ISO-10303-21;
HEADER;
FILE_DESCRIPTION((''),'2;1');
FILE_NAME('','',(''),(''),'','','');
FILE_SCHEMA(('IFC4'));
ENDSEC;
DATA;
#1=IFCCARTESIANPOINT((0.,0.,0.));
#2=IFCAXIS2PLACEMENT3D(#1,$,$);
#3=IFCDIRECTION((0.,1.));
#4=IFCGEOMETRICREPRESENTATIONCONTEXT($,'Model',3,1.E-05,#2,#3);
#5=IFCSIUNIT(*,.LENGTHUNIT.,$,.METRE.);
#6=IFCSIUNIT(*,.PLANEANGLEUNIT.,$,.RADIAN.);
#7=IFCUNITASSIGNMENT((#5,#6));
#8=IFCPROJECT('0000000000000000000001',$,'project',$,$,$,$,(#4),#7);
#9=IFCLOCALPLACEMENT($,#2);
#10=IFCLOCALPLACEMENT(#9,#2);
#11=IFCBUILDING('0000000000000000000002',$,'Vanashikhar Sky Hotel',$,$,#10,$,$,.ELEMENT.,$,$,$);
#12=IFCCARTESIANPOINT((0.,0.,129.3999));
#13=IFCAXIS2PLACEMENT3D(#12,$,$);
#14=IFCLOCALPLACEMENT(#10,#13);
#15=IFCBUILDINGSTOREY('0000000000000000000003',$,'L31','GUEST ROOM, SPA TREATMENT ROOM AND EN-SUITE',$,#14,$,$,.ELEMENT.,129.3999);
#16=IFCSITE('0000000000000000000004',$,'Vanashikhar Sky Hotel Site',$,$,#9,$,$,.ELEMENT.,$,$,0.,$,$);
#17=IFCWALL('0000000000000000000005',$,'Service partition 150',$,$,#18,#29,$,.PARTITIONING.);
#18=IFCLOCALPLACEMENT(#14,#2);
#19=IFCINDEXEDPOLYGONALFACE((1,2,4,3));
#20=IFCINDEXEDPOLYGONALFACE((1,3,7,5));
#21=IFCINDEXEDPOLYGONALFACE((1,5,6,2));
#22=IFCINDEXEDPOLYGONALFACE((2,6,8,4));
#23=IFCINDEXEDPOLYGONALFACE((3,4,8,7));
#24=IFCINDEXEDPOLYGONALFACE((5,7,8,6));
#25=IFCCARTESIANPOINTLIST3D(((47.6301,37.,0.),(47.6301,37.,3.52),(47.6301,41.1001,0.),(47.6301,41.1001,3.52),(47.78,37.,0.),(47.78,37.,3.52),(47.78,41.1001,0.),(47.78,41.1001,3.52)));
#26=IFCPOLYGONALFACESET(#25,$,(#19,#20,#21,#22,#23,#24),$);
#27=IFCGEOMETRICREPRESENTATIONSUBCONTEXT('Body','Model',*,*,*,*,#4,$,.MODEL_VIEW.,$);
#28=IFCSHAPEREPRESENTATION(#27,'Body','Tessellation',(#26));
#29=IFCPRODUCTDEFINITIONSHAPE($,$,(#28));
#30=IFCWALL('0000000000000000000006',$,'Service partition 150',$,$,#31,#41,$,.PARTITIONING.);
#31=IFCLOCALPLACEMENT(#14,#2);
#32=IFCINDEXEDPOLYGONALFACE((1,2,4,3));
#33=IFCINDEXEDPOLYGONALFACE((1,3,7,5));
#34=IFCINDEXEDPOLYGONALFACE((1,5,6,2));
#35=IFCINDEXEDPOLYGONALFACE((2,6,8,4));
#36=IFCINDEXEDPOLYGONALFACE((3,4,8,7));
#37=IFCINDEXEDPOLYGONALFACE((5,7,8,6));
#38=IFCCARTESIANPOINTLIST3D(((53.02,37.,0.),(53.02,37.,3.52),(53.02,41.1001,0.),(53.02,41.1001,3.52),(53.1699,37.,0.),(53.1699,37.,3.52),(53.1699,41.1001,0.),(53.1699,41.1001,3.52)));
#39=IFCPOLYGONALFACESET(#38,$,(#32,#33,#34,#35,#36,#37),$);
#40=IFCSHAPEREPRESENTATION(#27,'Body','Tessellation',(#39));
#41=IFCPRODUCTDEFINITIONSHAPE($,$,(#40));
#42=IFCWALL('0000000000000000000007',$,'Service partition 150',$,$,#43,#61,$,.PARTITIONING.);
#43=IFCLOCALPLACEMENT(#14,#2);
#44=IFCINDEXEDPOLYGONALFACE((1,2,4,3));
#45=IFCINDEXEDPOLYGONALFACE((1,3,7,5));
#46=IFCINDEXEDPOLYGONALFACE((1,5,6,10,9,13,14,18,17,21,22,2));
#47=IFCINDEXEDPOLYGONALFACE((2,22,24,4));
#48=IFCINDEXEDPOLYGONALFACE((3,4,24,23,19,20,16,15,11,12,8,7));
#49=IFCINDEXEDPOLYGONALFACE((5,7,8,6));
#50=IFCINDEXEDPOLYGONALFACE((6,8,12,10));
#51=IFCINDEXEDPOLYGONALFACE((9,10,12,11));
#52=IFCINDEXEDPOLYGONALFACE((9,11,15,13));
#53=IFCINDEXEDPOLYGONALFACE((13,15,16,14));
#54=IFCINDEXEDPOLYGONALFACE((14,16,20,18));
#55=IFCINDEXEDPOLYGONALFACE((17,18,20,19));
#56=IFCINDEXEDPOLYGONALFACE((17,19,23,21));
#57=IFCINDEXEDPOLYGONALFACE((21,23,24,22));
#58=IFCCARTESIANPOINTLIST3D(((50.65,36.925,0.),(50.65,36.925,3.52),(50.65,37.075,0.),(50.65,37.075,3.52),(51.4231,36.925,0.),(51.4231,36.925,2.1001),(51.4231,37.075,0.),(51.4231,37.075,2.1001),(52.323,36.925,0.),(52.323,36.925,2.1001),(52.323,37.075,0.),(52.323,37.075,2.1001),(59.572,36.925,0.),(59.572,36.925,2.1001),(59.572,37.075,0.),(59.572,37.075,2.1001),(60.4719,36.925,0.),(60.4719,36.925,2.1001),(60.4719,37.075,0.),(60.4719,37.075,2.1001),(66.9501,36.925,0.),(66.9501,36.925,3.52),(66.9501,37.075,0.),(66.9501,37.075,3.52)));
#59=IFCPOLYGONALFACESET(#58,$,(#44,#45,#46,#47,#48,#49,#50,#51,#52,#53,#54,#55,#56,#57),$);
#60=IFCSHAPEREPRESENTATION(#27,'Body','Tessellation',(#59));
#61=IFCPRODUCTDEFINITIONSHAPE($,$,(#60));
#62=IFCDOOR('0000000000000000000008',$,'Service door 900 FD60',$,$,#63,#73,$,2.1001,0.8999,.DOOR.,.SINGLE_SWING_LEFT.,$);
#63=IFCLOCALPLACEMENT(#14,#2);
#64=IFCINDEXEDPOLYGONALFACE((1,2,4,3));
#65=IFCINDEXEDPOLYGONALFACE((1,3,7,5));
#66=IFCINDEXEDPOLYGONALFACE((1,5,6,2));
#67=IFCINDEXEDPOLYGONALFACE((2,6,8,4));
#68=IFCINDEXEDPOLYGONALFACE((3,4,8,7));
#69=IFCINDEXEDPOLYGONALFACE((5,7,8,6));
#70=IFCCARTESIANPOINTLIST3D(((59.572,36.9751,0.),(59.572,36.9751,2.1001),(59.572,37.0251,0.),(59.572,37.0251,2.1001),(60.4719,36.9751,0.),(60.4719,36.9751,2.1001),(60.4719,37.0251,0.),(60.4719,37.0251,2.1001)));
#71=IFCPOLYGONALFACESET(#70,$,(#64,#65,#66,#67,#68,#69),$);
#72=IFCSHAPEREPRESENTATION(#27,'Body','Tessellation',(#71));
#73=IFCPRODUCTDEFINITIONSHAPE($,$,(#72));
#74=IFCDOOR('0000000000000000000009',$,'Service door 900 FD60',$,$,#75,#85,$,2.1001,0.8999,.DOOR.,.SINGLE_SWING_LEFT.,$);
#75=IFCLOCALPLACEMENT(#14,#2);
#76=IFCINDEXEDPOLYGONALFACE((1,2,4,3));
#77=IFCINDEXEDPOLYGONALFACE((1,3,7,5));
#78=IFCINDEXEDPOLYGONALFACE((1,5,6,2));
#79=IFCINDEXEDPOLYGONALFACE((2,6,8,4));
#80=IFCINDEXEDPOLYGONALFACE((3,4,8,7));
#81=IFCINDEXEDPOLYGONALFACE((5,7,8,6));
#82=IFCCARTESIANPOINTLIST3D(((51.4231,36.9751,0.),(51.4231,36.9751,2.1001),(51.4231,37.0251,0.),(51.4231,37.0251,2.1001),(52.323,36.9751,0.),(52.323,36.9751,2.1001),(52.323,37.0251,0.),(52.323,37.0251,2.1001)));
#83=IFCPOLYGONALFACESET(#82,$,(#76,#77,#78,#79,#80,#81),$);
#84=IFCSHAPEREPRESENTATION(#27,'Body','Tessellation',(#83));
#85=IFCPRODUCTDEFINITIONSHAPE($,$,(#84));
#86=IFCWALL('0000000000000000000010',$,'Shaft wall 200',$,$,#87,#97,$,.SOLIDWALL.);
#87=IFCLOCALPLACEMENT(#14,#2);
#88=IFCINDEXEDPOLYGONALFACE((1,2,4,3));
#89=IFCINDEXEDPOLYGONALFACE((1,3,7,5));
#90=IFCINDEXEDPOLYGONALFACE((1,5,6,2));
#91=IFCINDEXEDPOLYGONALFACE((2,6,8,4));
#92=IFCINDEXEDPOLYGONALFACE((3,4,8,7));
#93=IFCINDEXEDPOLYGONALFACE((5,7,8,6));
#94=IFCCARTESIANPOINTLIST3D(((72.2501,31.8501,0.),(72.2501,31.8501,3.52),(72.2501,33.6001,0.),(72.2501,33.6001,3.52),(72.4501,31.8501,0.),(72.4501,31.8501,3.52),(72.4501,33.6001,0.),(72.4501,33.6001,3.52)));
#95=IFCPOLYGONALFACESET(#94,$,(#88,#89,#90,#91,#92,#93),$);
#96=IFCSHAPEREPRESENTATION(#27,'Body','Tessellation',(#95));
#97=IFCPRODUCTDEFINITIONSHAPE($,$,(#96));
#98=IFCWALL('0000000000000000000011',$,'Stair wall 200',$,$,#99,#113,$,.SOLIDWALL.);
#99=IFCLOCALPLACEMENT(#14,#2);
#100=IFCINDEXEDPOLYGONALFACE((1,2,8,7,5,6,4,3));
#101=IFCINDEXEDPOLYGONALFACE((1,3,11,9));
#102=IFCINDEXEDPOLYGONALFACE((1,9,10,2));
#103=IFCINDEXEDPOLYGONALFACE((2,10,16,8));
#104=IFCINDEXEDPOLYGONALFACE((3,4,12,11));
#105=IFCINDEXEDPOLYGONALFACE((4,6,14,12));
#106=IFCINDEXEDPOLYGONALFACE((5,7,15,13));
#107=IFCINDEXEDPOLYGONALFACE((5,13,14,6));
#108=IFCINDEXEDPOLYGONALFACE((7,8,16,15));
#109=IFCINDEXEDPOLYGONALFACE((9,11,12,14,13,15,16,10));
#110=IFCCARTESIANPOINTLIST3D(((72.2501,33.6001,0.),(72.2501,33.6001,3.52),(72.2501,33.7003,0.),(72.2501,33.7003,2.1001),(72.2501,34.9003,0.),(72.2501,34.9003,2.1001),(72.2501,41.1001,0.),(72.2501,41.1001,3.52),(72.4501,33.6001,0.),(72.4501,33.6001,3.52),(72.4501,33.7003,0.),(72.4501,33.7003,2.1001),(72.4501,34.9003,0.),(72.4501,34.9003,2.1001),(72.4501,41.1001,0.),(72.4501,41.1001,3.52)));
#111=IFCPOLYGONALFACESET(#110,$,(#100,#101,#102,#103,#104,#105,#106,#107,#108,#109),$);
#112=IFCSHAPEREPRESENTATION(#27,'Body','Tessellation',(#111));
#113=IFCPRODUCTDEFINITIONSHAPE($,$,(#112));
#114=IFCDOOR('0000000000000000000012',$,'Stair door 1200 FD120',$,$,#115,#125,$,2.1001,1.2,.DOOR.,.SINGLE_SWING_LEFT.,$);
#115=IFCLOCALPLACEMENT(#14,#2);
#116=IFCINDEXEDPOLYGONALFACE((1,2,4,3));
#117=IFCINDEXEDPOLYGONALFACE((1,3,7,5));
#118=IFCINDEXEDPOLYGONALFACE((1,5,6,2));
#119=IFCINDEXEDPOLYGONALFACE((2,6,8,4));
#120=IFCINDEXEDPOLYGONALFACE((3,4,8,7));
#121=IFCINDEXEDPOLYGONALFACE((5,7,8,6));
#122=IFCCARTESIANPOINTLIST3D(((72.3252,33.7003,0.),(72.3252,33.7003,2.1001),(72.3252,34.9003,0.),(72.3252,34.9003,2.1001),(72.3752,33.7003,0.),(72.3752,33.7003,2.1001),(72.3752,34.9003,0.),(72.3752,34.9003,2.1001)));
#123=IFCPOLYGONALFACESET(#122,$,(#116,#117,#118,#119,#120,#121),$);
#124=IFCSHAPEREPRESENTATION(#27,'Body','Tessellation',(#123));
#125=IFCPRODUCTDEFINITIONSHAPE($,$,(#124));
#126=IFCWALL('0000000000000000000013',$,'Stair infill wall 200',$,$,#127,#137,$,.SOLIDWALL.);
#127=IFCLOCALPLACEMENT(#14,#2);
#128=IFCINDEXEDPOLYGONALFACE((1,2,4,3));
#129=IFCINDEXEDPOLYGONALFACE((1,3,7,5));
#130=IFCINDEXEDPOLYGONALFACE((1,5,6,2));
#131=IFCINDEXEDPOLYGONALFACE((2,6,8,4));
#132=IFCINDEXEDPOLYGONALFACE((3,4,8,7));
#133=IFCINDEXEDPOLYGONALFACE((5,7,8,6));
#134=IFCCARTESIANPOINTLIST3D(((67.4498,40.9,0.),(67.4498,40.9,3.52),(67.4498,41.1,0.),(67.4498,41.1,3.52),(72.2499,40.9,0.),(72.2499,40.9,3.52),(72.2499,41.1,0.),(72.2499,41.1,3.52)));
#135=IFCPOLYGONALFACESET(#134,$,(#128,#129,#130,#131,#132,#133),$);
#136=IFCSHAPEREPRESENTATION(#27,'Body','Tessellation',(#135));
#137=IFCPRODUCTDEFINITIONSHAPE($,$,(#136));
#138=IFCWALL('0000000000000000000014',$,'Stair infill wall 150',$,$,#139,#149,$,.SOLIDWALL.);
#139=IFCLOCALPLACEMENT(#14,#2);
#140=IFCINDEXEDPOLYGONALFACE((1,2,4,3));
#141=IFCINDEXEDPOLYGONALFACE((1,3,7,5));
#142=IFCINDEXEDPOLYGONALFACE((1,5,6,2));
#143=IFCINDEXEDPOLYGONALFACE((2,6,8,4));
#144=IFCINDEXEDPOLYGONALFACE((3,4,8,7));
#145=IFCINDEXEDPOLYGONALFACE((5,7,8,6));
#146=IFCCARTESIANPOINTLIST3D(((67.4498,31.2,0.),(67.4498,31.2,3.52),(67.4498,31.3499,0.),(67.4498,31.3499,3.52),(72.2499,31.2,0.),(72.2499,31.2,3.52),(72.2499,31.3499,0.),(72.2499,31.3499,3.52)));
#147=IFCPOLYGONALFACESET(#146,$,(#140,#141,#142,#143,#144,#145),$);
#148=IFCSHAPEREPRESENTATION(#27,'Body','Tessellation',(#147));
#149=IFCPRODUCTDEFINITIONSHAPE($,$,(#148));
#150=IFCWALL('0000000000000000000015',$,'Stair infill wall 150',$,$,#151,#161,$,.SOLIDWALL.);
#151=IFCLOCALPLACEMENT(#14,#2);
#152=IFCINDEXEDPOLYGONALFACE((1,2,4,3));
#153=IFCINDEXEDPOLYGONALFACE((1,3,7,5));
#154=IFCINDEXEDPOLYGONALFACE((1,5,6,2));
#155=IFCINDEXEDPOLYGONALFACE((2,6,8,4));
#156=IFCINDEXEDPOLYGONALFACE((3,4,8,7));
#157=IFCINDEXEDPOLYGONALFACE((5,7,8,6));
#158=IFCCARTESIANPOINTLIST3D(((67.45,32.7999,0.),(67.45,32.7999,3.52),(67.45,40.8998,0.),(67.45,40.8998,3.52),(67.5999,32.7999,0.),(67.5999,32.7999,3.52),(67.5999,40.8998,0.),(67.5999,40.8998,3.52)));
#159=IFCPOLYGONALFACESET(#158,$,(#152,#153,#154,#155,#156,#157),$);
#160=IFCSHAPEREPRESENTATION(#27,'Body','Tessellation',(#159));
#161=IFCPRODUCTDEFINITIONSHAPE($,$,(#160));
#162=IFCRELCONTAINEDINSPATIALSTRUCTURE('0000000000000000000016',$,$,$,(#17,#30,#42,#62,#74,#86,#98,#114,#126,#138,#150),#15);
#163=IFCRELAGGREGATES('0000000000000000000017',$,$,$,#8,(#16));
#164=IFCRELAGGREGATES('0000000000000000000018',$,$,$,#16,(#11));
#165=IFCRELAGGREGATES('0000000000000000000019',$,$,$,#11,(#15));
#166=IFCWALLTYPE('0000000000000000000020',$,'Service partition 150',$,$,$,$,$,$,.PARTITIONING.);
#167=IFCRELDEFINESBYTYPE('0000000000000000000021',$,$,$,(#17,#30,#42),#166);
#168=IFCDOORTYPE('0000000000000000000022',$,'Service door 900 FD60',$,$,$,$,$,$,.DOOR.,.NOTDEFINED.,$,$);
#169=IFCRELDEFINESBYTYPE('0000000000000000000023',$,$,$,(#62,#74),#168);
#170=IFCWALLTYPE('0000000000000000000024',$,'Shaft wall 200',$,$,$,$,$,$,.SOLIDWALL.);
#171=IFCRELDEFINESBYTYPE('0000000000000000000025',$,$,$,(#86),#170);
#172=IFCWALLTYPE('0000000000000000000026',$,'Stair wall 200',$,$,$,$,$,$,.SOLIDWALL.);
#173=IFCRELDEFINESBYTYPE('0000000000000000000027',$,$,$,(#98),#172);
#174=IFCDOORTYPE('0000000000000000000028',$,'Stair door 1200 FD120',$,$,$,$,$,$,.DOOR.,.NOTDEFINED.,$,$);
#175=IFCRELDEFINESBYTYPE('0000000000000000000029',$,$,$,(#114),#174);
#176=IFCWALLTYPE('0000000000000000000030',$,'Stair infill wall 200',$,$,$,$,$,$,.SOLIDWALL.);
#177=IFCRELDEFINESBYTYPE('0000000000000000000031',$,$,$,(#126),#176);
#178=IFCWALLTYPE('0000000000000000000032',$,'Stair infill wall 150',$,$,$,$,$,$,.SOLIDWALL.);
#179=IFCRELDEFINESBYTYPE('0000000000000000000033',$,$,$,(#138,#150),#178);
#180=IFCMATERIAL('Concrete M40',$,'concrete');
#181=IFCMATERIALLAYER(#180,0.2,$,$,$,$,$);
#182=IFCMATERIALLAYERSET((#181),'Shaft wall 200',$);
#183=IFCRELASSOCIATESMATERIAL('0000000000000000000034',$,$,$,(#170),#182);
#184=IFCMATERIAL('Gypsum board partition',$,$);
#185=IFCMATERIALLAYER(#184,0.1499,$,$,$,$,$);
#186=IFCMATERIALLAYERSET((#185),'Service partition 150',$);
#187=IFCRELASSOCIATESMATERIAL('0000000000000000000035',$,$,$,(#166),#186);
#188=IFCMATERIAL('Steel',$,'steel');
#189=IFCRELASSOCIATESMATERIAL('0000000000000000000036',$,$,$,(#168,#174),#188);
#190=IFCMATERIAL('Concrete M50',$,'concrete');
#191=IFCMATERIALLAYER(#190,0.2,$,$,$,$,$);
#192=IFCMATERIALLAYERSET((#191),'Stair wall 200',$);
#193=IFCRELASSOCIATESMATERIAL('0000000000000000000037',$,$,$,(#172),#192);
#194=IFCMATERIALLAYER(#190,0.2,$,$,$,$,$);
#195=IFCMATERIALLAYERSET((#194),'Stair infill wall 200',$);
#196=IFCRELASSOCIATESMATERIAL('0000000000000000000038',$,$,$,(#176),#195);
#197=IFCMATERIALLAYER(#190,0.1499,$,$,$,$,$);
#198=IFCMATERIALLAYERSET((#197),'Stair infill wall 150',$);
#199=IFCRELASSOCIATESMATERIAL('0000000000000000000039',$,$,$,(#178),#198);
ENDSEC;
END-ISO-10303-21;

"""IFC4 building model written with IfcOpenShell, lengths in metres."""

from ifc_helpers import new_model, si_unit, direction, frame, frame_2d, origin, place, context, subcontext, project, spatial, rectangle, extrude, source, transform, mapped, material, layer, layer_set, type_object, element, fill, save


model = new_model("IFC4")

# Units and contexts
model_context = context("Model", 3, precision=1e-05, world=origin(), true_north=direction((0.0, 1.0)))
body_context = subcontext(model_context, "Body", "Model", "MODEL_VIEW")
ifc_project = project(units=[si_unit("LENGTHUNIT", "METRE"), si_unit("PLANEANGLEUNIT", "RADIAN")], contexts=[model_context])

# Site, building, storey
site_placement = place(None, origin())
site = spatial("IfcSite", under=ifc_project, at=site_placement, Name="Vanashikhar Sky Hotel Site", CompositionType="ELEMENT", RefElevation=0.0)
building_placement = place(site_placement, origin())
building = spatial("IfcBuilding", under=site, at=building_placement, Name="Vanashikhar Sky Hotel", CompositionType="ELEMENT")
storey_placement = place(building_placement, frame((0.0, 0.0, 129.3999)))
storey = spatial("IfcBuildingStorey", under=building, at=storey_placement, Name="L31", Description="GUEST ROOM, SPA TREATMENT ROOM AND EN-SUITE", CompositionType="ELEMENT", Elevation=129.3999)

# Shared definitions
ifc_material_1 = material(Name="Steel", Category="steel")

# Shared definitions
ifc_material_2 = material(Name="Concrete M40", Category="concrete")
ifc_layer_1 = layer(ifc_material_2, 0.2)
ifc_layer_set_1 = layer_set([ifc_layer_1], Name="Shaft wall 200")
wall_type_1 = type_object("IfcWallType", Name="Shaft wall 200", PredefinedType="SOLIDWALL", material=ifc_layer_set_1)
ifc_material_3 = material(Name="Gypsum board partition")
ifc_layer_2 = layer(ifc_material_3, 0.1499)
ifc_layer_set_2 = layer_set([ifc_layer_2], Name="Service partition 150")
wall_type_2 = type_object("IfcWallType", Name="Service partition 150", PredefinedType="PARTITIONING", material=ifc_layer_set_2)

# Shared definitions
shared_shape_1 = source(origin(), body_context, "Body", "SweptSolid", [
    extrude(rectangle(XDim=0.8999, YDim=2.1001, at=frame_2d((0.45, 1.05))), frame((0.0, 0.085, 0.0), z_axis=(0.0, -1.0, 0.0), x_axis=(1.0, 0.0, 0.0)), (0.0, 0.0, 1.0), 0.1699),
])
door_type_1 = type_object("IfcDoorType", Name="Service door 900 FD60", OperationType="NOTDEFINED", PredefinedType="DOOR", material=ifc_material_1)
shared_shape_2 = source(origin(), body_context, "Body", "SweptSolid", [
    extrude(rectangle(XDim=0.8999, YDim=2.1001, at=frame_2d((0.45, 1.05))), frame((0.0, 0.0249, 0.0), z_axis=(0.0, -1.0, 0.0), x_axis=(1.0, 0.0, 0.0)), (0.0, 0.0, 1.0), 0.05),
])

# Walls
shared_shape_3 = source(origin(), body_context, "Body", "SweptSolid", [
    extrude(rectangle(XDim=4.1001, YDim=0.1499, at=frame_2d((2.05, 0.0))), origin(), (0.0, 0.0, 1.0), 3.52),
])
for number, where, z_axis, x_axis, name in (
    (1, (47.7051, 37.0, 0.0), (0.0, 0.0, 1.0), (0.0, 1.0, 0.0), "Service partition 150"),
    (2, (53.095, 37.0, 0.0), (0.0, 0.0, 1.0), (0.0, 1.0, 0.0), "Service partition 150"),
):
    element("IfcWall", number, at=place(storey_placement, frame(where, z_axis=z_axis, x_axis=x_axis)), inside=storey, type_object=wall_type_2, Name=name, PredefinedType="PARTITIONING", context=body_context, shape_type="MappedRepresentation", body=[
        mapped(shared_shape_3, transform((0.0, 0.0, 0.0), scale=1.0)),
    ])

# Wall, openings, doors
shared_shape_4 = source(origin(), body_context, "Body", "SweptSolid", [
    extrude(rectangle(XDim=16.3, YDim=0.1499, at=frame_2d((8.1499, 0.0))), origin(), (0.0, 0.0, 1.0), 3.52),
])
wall_1_placement = place(storey_placement, frame((66.95, 37.0, 0.0), z_axis=(0.0, 0.0, 1.0), x_axis=(-1.0, 0.0, 0.0)))
wall_1 = element("IfcWall", 3, at=wall_1_placement, inside=storey, type_object=wall_type_2, Name="Service partition 150", PredefinedType="PARTITIONING", context=body_context, shape_type="MappedRepresentation", body=[
    mapped(shared_shape_4, transform((0.0, 0.0, 0.0), scale=1.0)),
])
opening_1_placement = place(wall_1_placement, frame((6.478, 0.0, 0.0)))
opening_1 = element("IfcOpeningElement", 4, at=opening_1_placement, cuts=wall_1, PredefinedType="OPENING", context=body_context, shape_type="MappedRepresentation", body=[
    mapped(shared_shape_1, transform((0.0, 0.0, 0.0), scale=1.0)),
])
opening_2_placement = place(wall_1_placement, frame((14.627, 0.0, 0.0)))
opening_2 = element("IfcOpeningElement", 5, at=opening_2_placement, cuts=wall_1, PredefinedType="OPENING", context=body_context, shape_type="MappedRepresentation", body=[
    mapped(shared_shape_1, transform((0.0, 0.0, 0.0), scale=1.0)),
])
door_1_placement = place(opening_1_placement, origin())
door_1 = element("IfcDoor", 6, at=door_1_placement, inside=storey, type_object=door_type_1, Name="Service door 900 FD60", OperationType="SINGLE_SWING_LEFT", OverallHeight=2.1001, OverallWidth=0.8999, PredefinedType="DOOR", context=body_context, shape_type="MappedRepresentation", body=[
    mapped(shared_shape_2, transform((0.0, 0.0, 0.0), scale=1.0)),
])
fill(opening_1, door_1)
door_2_placement = place(opening_2_placement, origin())
door_2 = element("IfcDoor", 7, at=door_2_placement, inside=storey, type_object=door_type_1, Name="Service door 900 FD60", OperationType="SINGLE_SWING_LEFT", OverallHeight=2.1001, OverallWidth=0.8999, PredefinedType="DOOR", context=body_context, shape_type="MappedRepresentation", body=[
    mapped(shared_shape_2, transform((0.0, 0.0, 0.0), scale=1.0)),
])
fill(opening_2, door_2)

# Wall
shared_shape_5 = source(origin(), body_context, "Body", "SweptSolid", [
    extrude(rectangle(XDim=1.75, YDim=0.2, at=frame_2d((0.875, 0.0))), origin(), (0.0, 0.0, 1.0), 3.52),
])
wall_2_placement = place(storey_placement, frame((72.3501, 31.8501, 0.0), z_axis=(0.0, 0.0, 1.0), x_axis=(0.0, 1.0, 0.0)))
element("IfcWall", 8, at=wall_2_placement, inside=storey, type_object=wall_type_1, Name="Shaft wall 200", PredefinedType="SOLIDWALL", context=body_context, shape_type="MappedRepresentation", body=[
    mapped(shared_shape_5, transform((0.0, 0.0, 0.0), scale=1.0)),
])

# Wall, opening, door
ifc_material_4 = material(Name="Concrete M50", Category="concrete")
ifc_layer_3 = layer(ifc_material_4, 0.2)
ifc_layer_set_3 = layer_set([ifc_layer_3], Name="Stair wall 200")
wall_type_3 = type_object("IfcWallType", Name="Stair wall 200", PredefinedType="SOLIDWALL", material=ifc_layer_set_3)
shared_shape_6 = source(origin(), body_context, "Body", "SweptSolid", [
    extrude(rectangle(XDim=7.5, YDim=0.2, at=frame_2d((3.75, 0.0))), origin(), (0.0, 0.0, 1.0), 3.52),
])
wall_3_placement = place(storey_placement, frame((72.3501, 33.6001, 0.0), z_axis=(0.0, 0.0, 1.0), x_axis=(0.0, 1.0, 0.0)))
wall_3 = element("IfcWall", 9, at=wall_3_placement, inside=storey, type_object=wall_type_3, Name="Stair wall 200", PredefinedType="SOLIDWALL", context=body_context, shape_type="MappedRepresentation", body=[
    mapped(shared_shape_6, transform((0.0, 0.0, 0.0), scale=1.0)),
])
shared_shape_7 = source(origin(), body_context, "Body", "SweptSolid", [
    extrude(rectangle(XDim=1.2, YDim=2.1001, at=frame_2d((0.6001, 1.05))), frame((0.0, 0.1099, 0.0), z_axis=(0.0, -1.0, 0.0), x_axis=(1.0, 0.0, 0.0)), (0.0, 0.0, 1.0), 0.22),
])
opening_3_placement = place(wall_3_placement, frame((0.1001, 0.0, 0.0)))
opening_3 = element("IfcOpeningElement", 10, at=opening_3_placement, cuts=wall_3, PredefinedType="OPENING", context=body_context, shape_type="MappedRepresentation", body=[
    mapped(shared_shape_7, transform((0.0, 0.0, 0.0), scale=1.0)),
])
door_type_2 = type_object("IfcDoorType", Name="Stair door 1200 FD120", OperationType="NOTDEFINED", PredefinedType="DOOR", material=ifc_material_1)
shared_shape_8 = source(origin(), body_context, "Body", "SweptSolid", [
    extrude(rectangle(XDim=1.2, YDim=2.1001, at=frame_2d((0.6001, 1.05))), frame((0.0, 0.0249, 0.0), z_axis=(0.0, -1.0, 0.0), x_axis=(1.0, 0.0, 0.0)), (0.0, 0.0, 1.0), 0.05),
])
door_3_placement = place(opening_3_placement, origin())
door_3 = element("IfcDoor", 11, at=door_3_placement, inside=storey, type_object=door_type_2, Name="Stair door 1200 FD120", OperationType="SINGLE_SWING_LEFT", OverallHeight=2.1001, OverallWidth=1.2, PredefinedType="DOOR", context=body_context, shape_type="MappedRepresentation", body=[
    mapped(shared_shape_8, transform((0.0, 0.0, 0.0), scale=1.0)),
])
fill(opening_3, door_3)

# Walls
ifc_layer_4 = layer(ifc_material_4, 0.2)
ifc_layer_set_4 = layer_set([ifc_layer_4], Name="Stair infill wall 200")
wall_type_4 = type_object("IfcWallType", Name="Stair infill wall 200", PredefinedType="SOLIDWALL", material=ifc_layer_set_4)
shared_shape_9 = source(origin(), body_context, "Body", "SweptSolid", [
    extrude(rectangle(XDim=4.8, YDim=0.2, at=frame_2d((2.3999, 0.0))), origin(), (0.0, 0.0, 1.0), 3.52),
])
wall_4_placement = place(storey_placement, frame((67.45, 41.0, 0.0), z_axis=(0.0, 0.0, 1.0), x_axis=(1.0, 0.0, 0.0)))
element("IfcWall", 12, at=wall_4_placement, inside=storey, type_object=wall_type_4, Name="Stair infill wall 200", PredefinedType="SOLIDWALL", context=body_context, shape_type="MappedRepresentation", body=[
    mapped(shared_shape_9, transform((0.0, 0.0, 0.0), scale=1.0)),
])
ifc_layer_5 = layer(ifc_material_4, 0.1499)
ifc_layer_set_5 = layer_set([ifc_layer_5], Name="Stair infill wall 150")
wall_type_5 = type_object("IfcWallType", Name="Stair infill wall 150", PredefinedType="SOLIDWALL", material=ifc_layer_set_5)
shared_shape_10 = source(origin(), body_context, "Body", "SweptSolid", [
    extrude(rectangle(XDim=4.8, YDim=0.1499, at=frame_2d((2.3999, 0.0))), origin(), (0.0, 0.0, 1.0), 3.52),
])
wall_5_placement = place(storey_placement, frame((67.45, 31.2749, 0.0), z_axis=(0.0, 0.0, 1.0), x_axis=(1.0, 0.0, 0.0)))
element("IfcWall", 13, at=wall_5_placement, inside=storey, type_object=wall_type_5, Name="Stair infill wall 150", PredefinedType="SOLIDWALL", context=body_context, shape_type="MappedRepresentation", body=[
    mapped(shared_shape_10, transform((0.0, 0.0, 0.0), scale=1.0)),
])
shared_shape_11 = source(origin(), body_context, "Body", "SweptSolid", [
    extrude(rectangle(XDim=8.0999, YDim=0.1499, at=frame_2d((4.0498, 0.0))), origin(), (0.0, 0.0, 1.0), 3.52),
])
wall_6_placement = place(storey_placement, frame((67.5249, 32.8, 0.0), z_axis=(0.0, 0.0, 1.0), x_axis=(0.0, 1.0, 0.0)))
element("IfcWall", 14, at=wall_6_placement, inside=storey, type_object=wall_type_5, Name="Stair infill wall 150", PredefinedType="SOLIDWALL", context=body_context, shape_type="MappedRepresentation", body=[
    mapped(shared_shape_11, transform((0.0, 0.0, 0.0), scale=1.0)),
])

save(model, "model.ifc")
